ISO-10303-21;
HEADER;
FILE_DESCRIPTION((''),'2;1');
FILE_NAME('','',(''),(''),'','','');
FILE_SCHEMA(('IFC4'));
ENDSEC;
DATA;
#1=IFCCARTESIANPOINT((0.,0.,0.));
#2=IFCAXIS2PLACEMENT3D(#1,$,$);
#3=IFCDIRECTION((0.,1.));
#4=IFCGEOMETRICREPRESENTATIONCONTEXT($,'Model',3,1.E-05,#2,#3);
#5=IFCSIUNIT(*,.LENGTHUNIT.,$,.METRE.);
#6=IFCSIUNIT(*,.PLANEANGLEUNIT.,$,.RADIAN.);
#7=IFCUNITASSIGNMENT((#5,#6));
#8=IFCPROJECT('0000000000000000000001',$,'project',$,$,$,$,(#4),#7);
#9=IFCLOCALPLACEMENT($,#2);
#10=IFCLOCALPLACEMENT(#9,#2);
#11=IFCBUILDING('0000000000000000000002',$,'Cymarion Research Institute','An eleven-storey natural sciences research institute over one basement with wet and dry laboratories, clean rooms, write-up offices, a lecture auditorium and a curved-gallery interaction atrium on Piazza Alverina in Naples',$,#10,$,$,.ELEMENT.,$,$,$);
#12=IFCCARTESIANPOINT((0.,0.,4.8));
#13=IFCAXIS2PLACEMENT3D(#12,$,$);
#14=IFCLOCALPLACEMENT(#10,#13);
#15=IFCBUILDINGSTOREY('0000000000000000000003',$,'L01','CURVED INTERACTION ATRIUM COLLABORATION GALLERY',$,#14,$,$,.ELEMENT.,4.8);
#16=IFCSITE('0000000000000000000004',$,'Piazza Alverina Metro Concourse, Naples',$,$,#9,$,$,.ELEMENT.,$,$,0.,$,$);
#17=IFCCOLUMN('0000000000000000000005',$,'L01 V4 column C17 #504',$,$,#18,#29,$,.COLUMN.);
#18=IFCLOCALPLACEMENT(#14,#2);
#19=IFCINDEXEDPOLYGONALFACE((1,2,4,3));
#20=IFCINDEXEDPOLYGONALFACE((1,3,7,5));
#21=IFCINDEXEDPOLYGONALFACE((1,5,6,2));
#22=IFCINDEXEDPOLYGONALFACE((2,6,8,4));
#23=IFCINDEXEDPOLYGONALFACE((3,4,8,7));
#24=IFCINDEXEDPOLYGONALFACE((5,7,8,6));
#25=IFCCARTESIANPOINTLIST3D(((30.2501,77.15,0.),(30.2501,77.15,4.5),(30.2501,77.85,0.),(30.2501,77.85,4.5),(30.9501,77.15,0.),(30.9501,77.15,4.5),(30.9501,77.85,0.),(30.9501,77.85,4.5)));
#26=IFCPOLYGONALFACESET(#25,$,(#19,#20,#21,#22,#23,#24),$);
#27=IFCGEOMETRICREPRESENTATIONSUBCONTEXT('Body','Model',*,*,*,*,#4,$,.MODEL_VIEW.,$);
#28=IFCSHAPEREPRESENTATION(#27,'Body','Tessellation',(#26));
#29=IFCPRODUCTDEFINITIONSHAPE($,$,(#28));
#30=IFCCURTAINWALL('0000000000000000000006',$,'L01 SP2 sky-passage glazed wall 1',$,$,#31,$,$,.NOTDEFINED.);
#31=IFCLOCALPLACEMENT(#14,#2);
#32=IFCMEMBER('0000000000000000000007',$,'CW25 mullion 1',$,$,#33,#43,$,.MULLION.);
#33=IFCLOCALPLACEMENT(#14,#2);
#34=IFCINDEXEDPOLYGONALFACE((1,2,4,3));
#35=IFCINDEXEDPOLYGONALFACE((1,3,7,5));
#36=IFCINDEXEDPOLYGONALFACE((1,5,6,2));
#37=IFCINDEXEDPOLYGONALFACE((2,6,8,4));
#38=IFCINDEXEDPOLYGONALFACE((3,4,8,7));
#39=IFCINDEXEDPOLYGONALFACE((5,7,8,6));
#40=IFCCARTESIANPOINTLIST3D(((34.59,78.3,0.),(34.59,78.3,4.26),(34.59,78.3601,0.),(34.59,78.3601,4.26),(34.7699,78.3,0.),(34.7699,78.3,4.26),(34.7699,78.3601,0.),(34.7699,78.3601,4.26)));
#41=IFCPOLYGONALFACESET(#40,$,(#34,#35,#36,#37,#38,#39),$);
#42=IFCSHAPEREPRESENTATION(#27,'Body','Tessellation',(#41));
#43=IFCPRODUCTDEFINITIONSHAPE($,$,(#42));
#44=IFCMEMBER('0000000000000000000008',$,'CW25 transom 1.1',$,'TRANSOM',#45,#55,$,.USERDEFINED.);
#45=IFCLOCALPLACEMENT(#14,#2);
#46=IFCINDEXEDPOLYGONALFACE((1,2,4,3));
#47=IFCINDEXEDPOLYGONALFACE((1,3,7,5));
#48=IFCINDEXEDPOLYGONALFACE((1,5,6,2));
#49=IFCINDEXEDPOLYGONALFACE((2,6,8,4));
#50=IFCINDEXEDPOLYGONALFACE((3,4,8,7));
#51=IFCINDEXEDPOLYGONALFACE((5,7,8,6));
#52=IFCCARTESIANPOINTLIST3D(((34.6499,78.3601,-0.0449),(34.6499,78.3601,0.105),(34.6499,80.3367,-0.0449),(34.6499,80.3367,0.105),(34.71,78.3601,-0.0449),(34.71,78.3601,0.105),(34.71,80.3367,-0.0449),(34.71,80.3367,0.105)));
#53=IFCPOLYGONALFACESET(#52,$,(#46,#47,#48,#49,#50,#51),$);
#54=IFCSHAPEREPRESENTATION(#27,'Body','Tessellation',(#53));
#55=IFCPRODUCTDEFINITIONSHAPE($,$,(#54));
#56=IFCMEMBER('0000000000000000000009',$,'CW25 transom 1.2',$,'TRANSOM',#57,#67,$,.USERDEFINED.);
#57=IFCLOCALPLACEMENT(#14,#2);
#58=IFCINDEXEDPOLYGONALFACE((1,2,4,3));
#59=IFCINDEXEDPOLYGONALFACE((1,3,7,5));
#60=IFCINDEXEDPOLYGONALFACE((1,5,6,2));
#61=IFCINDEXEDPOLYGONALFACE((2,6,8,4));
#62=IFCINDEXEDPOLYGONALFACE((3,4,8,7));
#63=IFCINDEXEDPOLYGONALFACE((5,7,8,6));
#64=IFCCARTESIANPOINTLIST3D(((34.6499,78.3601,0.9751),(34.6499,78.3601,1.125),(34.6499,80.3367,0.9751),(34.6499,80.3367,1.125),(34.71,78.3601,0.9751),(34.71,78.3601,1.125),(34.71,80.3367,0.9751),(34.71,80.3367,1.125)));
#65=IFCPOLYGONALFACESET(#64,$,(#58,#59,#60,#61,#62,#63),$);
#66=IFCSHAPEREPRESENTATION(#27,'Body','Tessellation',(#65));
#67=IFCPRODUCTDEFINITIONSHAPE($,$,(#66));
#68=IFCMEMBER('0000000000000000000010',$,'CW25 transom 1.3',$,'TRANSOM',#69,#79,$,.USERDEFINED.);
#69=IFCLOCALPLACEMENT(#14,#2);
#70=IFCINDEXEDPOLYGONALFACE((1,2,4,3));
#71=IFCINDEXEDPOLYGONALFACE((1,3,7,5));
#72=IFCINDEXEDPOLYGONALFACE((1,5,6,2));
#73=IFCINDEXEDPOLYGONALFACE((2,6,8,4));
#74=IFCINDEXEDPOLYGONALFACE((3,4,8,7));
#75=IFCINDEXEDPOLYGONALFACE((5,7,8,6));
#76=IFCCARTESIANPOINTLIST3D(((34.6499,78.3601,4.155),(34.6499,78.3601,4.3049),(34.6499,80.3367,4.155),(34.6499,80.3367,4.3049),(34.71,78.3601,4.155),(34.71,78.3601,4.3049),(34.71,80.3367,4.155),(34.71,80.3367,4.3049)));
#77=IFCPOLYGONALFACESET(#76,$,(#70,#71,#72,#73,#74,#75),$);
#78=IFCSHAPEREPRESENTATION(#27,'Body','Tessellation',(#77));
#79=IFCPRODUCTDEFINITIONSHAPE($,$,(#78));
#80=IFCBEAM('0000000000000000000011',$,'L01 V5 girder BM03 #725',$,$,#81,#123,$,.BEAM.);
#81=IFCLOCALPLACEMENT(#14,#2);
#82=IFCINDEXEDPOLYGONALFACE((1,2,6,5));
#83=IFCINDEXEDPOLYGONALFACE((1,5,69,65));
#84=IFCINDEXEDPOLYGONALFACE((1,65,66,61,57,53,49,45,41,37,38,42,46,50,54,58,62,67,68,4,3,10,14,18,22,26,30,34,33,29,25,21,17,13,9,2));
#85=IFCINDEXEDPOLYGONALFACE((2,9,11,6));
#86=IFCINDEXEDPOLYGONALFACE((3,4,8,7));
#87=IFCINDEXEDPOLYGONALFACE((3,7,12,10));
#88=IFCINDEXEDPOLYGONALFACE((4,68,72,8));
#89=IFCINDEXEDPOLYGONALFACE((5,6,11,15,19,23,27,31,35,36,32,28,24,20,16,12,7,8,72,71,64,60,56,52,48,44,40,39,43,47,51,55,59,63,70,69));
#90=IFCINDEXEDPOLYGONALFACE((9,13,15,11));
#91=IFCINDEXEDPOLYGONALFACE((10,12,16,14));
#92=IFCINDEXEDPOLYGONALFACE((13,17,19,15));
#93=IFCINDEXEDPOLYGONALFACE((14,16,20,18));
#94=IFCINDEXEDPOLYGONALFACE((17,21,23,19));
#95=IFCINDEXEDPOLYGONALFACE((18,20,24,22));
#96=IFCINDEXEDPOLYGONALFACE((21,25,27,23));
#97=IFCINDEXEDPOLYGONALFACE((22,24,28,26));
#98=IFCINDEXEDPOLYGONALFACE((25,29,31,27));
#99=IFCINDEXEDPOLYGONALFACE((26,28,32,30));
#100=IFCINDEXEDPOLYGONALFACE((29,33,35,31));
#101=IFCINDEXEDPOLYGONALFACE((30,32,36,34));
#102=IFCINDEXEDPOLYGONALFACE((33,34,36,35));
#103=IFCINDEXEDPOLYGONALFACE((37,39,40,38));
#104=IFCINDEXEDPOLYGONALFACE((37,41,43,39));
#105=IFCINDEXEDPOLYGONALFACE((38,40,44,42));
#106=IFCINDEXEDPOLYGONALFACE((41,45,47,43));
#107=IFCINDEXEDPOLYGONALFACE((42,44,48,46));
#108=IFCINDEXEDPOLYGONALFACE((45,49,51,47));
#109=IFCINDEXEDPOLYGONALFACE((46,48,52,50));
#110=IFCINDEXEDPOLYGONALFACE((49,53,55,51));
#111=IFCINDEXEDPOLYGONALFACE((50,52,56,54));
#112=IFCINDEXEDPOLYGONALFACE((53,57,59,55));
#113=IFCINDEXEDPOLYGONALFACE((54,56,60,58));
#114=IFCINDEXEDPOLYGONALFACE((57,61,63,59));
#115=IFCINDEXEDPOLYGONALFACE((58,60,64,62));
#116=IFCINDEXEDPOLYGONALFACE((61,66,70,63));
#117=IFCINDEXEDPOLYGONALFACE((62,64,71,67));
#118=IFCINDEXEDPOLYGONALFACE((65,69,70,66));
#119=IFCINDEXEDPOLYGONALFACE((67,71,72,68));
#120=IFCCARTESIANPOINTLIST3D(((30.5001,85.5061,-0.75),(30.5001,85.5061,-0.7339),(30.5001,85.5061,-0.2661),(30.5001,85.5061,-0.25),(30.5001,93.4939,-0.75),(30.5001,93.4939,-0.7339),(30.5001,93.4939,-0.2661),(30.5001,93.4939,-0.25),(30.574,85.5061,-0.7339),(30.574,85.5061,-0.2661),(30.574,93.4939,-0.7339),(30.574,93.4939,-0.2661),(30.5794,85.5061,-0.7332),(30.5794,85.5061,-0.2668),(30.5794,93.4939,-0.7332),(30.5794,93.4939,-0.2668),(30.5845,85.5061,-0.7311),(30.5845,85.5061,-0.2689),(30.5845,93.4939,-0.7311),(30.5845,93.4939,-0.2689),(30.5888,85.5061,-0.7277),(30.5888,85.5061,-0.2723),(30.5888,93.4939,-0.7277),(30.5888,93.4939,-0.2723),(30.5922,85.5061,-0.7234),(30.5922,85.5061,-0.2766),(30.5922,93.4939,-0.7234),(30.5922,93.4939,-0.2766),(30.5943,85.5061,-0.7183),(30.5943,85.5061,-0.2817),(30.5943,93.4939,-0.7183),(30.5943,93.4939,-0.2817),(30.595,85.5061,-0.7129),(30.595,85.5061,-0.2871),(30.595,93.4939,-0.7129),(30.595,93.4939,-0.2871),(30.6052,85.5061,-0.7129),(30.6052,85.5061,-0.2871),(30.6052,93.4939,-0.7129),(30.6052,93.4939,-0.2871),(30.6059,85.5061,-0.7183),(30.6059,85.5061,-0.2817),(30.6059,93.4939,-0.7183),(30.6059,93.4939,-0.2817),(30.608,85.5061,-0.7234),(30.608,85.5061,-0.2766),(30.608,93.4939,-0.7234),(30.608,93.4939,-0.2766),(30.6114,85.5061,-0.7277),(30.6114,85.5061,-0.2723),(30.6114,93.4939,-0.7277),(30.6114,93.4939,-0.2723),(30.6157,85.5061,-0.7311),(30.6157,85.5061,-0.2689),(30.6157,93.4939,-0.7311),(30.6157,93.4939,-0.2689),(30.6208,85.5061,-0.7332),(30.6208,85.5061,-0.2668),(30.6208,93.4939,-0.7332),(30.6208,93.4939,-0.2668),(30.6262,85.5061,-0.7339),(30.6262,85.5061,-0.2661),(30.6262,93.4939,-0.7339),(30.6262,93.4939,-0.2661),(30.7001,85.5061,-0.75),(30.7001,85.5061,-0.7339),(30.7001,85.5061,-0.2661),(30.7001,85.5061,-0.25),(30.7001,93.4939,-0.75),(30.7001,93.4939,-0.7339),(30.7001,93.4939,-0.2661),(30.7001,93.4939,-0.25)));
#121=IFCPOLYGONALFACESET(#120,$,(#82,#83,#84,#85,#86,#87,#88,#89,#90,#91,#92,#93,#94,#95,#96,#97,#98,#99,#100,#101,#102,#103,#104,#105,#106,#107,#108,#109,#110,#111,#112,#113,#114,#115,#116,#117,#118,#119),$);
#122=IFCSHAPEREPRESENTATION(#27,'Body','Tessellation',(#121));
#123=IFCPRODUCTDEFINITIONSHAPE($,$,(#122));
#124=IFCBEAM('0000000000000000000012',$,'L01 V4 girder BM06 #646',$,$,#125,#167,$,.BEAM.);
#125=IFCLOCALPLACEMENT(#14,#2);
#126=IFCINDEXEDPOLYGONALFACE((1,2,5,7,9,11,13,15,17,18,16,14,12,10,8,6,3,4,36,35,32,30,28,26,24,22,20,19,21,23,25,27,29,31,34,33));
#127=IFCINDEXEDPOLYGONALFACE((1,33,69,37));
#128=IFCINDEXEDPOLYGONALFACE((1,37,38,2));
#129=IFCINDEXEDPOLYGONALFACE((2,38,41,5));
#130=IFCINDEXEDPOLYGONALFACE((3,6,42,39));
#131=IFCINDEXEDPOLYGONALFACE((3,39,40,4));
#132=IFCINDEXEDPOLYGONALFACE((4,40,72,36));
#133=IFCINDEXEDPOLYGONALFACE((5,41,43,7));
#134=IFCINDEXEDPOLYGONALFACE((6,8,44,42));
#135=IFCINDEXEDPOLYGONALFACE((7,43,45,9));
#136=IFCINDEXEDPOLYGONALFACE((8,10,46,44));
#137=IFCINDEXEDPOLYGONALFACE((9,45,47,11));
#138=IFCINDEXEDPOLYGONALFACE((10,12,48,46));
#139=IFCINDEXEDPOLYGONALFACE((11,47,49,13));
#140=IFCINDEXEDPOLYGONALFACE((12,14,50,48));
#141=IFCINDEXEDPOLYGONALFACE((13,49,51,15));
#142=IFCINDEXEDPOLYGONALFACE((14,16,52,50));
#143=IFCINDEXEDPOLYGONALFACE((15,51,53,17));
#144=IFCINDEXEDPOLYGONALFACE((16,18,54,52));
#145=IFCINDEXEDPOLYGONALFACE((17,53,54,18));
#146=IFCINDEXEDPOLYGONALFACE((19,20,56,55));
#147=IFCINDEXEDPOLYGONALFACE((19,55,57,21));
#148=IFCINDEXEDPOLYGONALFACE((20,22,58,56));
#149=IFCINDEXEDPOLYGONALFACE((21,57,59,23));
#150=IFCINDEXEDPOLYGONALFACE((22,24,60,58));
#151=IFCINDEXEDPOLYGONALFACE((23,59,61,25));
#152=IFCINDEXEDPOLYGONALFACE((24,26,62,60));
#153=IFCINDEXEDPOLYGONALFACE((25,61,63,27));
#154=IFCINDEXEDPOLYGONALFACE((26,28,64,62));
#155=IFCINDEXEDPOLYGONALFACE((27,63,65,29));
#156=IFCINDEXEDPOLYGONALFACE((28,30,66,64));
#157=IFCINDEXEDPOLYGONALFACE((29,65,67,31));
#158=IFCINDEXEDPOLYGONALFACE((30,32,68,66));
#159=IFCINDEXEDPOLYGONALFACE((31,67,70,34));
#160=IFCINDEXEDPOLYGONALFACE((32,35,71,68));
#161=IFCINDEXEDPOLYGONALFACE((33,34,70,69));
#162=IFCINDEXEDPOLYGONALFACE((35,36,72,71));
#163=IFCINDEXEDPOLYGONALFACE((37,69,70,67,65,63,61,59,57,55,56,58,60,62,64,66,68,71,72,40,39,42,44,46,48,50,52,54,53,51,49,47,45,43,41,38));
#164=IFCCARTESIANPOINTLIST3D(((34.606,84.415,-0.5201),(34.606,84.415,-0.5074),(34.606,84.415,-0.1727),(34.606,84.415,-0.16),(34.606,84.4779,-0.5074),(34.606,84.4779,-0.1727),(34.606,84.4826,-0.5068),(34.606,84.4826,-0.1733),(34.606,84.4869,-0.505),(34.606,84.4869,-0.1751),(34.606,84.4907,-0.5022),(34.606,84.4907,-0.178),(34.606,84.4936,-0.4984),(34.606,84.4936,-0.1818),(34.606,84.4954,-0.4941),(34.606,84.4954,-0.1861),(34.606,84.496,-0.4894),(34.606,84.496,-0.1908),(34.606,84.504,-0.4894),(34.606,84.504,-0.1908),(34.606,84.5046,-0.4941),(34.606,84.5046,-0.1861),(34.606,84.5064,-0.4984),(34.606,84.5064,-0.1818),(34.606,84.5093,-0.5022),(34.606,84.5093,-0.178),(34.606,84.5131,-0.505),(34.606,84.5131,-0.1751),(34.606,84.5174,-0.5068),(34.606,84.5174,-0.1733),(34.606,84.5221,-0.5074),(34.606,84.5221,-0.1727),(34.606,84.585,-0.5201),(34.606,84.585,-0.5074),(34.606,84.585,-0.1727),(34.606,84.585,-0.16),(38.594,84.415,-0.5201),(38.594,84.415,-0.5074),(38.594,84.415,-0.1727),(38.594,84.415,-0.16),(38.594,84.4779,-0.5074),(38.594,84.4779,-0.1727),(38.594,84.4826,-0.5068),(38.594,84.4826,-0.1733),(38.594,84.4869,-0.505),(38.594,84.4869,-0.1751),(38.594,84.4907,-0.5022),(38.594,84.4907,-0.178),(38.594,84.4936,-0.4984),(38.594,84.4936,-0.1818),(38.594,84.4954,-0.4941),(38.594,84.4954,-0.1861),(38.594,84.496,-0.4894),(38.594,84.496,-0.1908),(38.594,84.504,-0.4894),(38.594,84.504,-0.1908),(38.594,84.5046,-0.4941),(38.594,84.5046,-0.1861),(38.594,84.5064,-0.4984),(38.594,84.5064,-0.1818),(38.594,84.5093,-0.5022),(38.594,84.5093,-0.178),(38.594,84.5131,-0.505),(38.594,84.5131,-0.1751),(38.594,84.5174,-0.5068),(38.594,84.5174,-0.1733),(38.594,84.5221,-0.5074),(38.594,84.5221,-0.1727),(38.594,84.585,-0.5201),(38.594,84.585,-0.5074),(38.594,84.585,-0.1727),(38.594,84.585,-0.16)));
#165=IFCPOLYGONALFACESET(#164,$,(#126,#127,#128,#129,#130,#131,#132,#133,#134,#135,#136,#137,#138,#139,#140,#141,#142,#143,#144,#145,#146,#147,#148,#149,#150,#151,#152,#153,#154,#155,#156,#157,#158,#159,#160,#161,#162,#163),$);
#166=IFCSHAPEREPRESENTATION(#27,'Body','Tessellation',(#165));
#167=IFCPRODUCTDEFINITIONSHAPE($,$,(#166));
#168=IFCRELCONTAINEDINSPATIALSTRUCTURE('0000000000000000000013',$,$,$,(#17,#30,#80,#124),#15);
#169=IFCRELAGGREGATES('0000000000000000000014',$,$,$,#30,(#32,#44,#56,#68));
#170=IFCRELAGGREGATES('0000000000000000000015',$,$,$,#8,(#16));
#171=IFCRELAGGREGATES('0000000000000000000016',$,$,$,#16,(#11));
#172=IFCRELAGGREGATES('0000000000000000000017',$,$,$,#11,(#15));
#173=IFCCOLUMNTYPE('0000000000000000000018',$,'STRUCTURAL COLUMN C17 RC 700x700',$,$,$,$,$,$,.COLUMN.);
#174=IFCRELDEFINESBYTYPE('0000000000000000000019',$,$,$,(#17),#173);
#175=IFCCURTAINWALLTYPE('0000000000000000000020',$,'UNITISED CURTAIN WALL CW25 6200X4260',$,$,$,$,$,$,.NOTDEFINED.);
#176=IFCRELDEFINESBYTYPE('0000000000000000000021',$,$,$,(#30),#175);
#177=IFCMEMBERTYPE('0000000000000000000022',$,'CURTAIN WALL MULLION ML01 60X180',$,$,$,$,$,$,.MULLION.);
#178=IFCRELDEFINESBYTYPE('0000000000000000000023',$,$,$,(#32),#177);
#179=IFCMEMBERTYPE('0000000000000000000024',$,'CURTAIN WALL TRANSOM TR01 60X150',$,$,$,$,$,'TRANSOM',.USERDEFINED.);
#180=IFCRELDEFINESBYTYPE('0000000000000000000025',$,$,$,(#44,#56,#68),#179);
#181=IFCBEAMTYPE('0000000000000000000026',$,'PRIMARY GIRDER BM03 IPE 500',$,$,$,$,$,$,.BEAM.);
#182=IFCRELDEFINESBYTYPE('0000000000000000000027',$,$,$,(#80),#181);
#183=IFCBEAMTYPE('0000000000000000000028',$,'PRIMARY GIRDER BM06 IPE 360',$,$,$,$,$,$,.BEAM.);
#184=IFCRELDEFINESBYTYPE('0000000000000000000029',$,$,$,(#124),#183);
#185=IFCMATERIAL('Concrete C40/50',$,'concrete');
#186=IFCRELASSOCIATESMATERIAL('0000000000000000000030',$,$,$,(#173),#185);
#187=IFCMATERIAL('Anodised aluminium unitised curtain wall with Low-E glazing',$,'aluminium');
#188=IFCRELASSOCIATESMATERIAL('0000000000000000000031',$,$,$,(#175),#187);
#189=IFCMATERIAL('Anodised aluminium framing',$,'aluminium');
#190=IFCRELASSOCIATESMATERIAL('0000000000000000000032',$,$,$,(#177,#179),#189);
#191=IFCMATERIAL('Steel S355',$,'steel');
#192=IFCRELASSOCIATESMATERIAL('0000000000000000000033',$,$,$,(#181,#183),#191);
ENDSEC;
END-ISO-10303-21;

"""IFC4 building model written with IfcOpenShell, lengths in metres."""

from ifc_helpers import new_model, si_unit, direction, frame, origin, origin_2d, place, context, subcontext, project, spatial, rectangle, i_section, extrude, material, material_profile, profile_set, type_object, element, aggregate, save


model = new_model("IFC4")

# Units and contexts
model_context = context("Model", 3, precision=1e-05, world=origin(), true_north=direction((0.0, 1.0)))
body_context = subcontext(model_context, "Body", "Model", "MODEL_VIEW")
ifc_project = project(units=[si_unit("LENGTHUNIT", "METRE"), si_unit("PLANEANGLEUNIT", "RADIAN")], contexts=[model_context])

# Site, building, storey
site_placement = place(None, origin())
site = spatial("IfcSite", under=ifc_project, at=site_placement, Name="Piazza Alverina Metro Concourse, Naples", CompositionType="ELEMENT", RefElevation=0.0)
building_placement = place(site_placement, origin())
building = spatial("IfcBuilding", under=site, at=building_placement, Name="Cymarion Research Institute", Description="An eleven-storey natural sciences research institute over one basement with wet and dry laboratories, clean rooms, write-up offices, a lecture auditorium and a curved-gallery interaction atrium on Piazza Alverina in Naples", CompositionType="ELEMENT")
storey_placement = place(building_placement, frame((0.0, 0.0, 4.8)))
storey = spatial("IfcBuildingStorey", under=building, at=storey_placement, Name="L01", Description="CURVED INTERACTION ATRIUM COLLABORATION GALLERY", CompositionType="ELEMENT", Elevation=4.8)

# Column
ifc_material_1 = material(Name="Steel S355", Category="steel")
ifc_material_2 = material(Name="Concrete C40/50", Category="concrete")
ifc_material_profile_1 = material_profile(ifc_material_2, rectangle(XDim=0.7, YDim=0.7, at=origin_2d()), Name="RC 700x700")
ifc_profile_set_1 = profile_set([ifc_material_profile_1], Name="Concrete C40/50")
column_type_1 = type_object("IfcColumnType", Name="STRUCTURAL COLUMN C17 RC 700x700", PredefinedType="COLUMN", material=ifc_profile_set_1)
column_1_placement = place(storey_placement, frame((30.6001, 77.5, 0.0), z_axis=(0.0, 0.0, 1.0), x_axis=(1.0, 0.0, 0.0)))
element("IfcColumn", 1, at=column_1_placement, inside=storey, type_object=column_type_1, Name="L01 V4 column C17 #504", PredefinedType="COLUMN", context=body_context, shape_type="SweptSolid", body=[
    extrude(rectangle(XDim=0.7, YDim=0.7, at=origin_2d()), origin(), (0.0, 0.0, 1.0), 4.5),
])

# Curtain wall, members
ifc_material_3 = material(Name="Anodised aluminium unitised curtain wall with Low-E glazing", Category="aluminium")
curtain_wall_type = type_object("IfcCurtainWallType", Name="UNITISED CURTAIN WALL CW25 6200X4260", PredefinedType="NOTDEFINED", material=ifc_material_3)
curtain_wall_placement = place(storey_placement, origin())
curtain_wall = element("IfcCurtainWall", 2, at=curtain_wall_placement, inside=storey, type_object=curtain_wall_type, Name="L01 SP2 sky-passage glazed wall 1", PredefinedType="NOTDEFINED")
ifc_material_4 = material(Name="Anodised aluminium framing", Category="aluminium")
ifc_material_profile_2 = material_profile(ifc_material_4, rectangle(XDim=0.0601, YDim=0.1799, at=origin_2d()), Name="ALU MULLION 60x180")
ifc_profile_set_2 = profile_set([ifc_material_profile_2], Name="Anodised aluminium framing")
member_type_1 = type_object("IfcMemberType", Name="CURTAIN WALL MULLION ML01 60X180", PredefinedType="MULLION", material=ifc_profile_set_2)
member_1_placement = place(storey_placement, frame((34.6799, 78.3301, 0.0), z_axis=(0.0, 0.0, 1.0), x_axis=(0.0, 1.0, 0.0)))
member_1 = element("IfcMember", 3, at=member_1_placement, type_object=member_type_1, Name="CW25 mullion 1", PredefinedType="MULLION", context=body_context, shape_type="SweptSolid", body=[
    extrude(rectangle(XDim=0.0601, YDim=0.1799, at=origin_2d()), origin(), (0.0, 0.0, 1.0), 4.26),
])
ifc_material_profile_3 = material_profile(ifc_material_4, rectangle(XDim=0.0601, YDim=0.1499, at=origin_2d()), Name="ALU TRANSOM 60x150")
ifc_profile_set_3 = profile_set([ifc_material_profile_3], Name="Anodised aluminium framing")
member_type_2 = type_object("IfcMemberType", Name="CURTAIN WALL TRANSOM TR01 60X150", ElementType="TRANSOM", PredefinedType="USERDEFINED", material=ifc_profile_set_3)
member_2_placement = place(storey_placement, frame((34.6799, 78.3601, 0.03), z_axis=(0.0, 1.0, 0.0), x_axis=(-1.0, 0.0, 0.0)))
member_2 = element("IfcMember", 4, at=member_2_placement, type_object=member_type_2, Name="CW25 transom 1.1", ObjectType="TRANSOM", PredefinedType="USERDEFINED", context=body_context, shape_type="SweptSolid", body=[
    extrude(rectangle(XDim=0.0601, YDim=0.1499, at=origin_2d()), origin(), (0.0, 0.0, 1.0), 1.9766),
])
member_3_placement = place(storey_placement, frame((34.6799, 78.3601, 1.05), z_axis=(0.0, 1.0, 0.0), x_axis=(-1.0, 0.0, 0.0)))
member_3 = element("IfcMember", 5, at=member_3_placement, type_object=member_type_2, Name="CW25 transom 1.2", ObjectType="TRANSOM", PredefinedType="USERDEFINED", context=body_context, shape_type="SweptSolid", body=[
    extrude(rectangle(XDim=0.0601, YDim=0.1499, at=origin_2d()), origin(), (0.0, 0.0, 1.0), 1.9766),
])
member_4_placement = place(storey_placement, frame((34.6799, 78.3601, 4.23), z_axis=(0.0, 1.0, 0.0), x_axis=(-1.0, 0.0, 0.0)))
member_4 = element("IfcMember", 6, at=member_4_placement, type_object=member_type_2, Name="CW25 transom 1.3", ObjectType="TRANSOM", PredefinedType="USERDEFINED", context=body_context, shape_type="SweptSolid", body=[
    extrude(rectangle(XDim=0.0601, YDim=0.1499, at=origin_2d()), origin(), (0.0, 0.0, 1.0), 1.9766),
])

# Beams
ifc_material_profile_4 = material_profile(ifc_material_1, i_section(OverallWidth=0.2, OverallDepth=0.5, WebThickness=0.0103, FlangeThickness=0.0161, FilletRadius=0.021, at=origin_2d()), Name="IPE 500")
ifc_profile_set_4 = profile_set([ifc_material_profile_4], Name="Steel S355")
beam_type_1 = type_object("IfcBeamType", Name="PRIMARY GIRDER BM03 IPE 500", PredefinedType="BEAM", material=ifc_profile_set_4)
beam_1_placement = place(storey_placement, frame((30.6001, 85.5061, -0.5), z_axis=(0.0, 1.0, 0.0), x_axis=(-1.0, 0.0, 0.0)))
element("IfcBeam", 7, at=beam_1_placement, inside=storey, type_object=beam_type_1, Name="L01 V5 girder BM03 #725", PredefinedType="BEAM", context=body_context, shape_type="SweptSolid", body=[
    extrude(i_section(OverallWidth=0.2, OverallDepth=0.5, WebThickness=0.0103, FlangeThickness=0.0161, FilletRadius=0.021, at=origin_2d()), origin(), (0.0, 0.0, 1.0), 7.9878),
])
ifc_material_profile_5 = material_profile(ifc_material_1, i_section(OverallWidth=0.1699, OverallDepth=0.3601, WebThickness=0.0081, FlangeThickness=0.0127, FilletRadius=0.0181, at=origin_2d()), Name="IPE 360")
ifc_profile_set_5 = profile_set([ifc_material_profile_5], Name="Steel S355")
beam_type_2 = type_object("IfcBeamType", Name="PRIMARY GIRDER BM06 IPE 360", PredefinedType="BEAM", material=ifc_profile_set_5)
beam_2_placement = place(storey_placement, frame((34.606, 84.5, -0.3401), z_axis=(1.0, 0.0, 0.0), x_axis=(0.0, 1.0, 0.0)))
element("IfcBeam", 8, at=beam_2_placement, inside=storey, type_object=beam_type_2, Name="L01 V4 girder BM06 #646", PredefinedType="BEAM", context=body_context, shape_type="SweptSolid", body=[
    extrude(i_section(OverallWidth=0.1699, OverallDepth=0.3601, WebThickness=0.0081, FlangeThickness=0.0127, FilletRadius=0.0181, at=origin_2d()), origin(), (0.0, 0.0, 1.0), 3.988),
])

aggregate(curtain_wall, [member_1, member_2, member_3, member_4])

save(model, "model.ifc")
